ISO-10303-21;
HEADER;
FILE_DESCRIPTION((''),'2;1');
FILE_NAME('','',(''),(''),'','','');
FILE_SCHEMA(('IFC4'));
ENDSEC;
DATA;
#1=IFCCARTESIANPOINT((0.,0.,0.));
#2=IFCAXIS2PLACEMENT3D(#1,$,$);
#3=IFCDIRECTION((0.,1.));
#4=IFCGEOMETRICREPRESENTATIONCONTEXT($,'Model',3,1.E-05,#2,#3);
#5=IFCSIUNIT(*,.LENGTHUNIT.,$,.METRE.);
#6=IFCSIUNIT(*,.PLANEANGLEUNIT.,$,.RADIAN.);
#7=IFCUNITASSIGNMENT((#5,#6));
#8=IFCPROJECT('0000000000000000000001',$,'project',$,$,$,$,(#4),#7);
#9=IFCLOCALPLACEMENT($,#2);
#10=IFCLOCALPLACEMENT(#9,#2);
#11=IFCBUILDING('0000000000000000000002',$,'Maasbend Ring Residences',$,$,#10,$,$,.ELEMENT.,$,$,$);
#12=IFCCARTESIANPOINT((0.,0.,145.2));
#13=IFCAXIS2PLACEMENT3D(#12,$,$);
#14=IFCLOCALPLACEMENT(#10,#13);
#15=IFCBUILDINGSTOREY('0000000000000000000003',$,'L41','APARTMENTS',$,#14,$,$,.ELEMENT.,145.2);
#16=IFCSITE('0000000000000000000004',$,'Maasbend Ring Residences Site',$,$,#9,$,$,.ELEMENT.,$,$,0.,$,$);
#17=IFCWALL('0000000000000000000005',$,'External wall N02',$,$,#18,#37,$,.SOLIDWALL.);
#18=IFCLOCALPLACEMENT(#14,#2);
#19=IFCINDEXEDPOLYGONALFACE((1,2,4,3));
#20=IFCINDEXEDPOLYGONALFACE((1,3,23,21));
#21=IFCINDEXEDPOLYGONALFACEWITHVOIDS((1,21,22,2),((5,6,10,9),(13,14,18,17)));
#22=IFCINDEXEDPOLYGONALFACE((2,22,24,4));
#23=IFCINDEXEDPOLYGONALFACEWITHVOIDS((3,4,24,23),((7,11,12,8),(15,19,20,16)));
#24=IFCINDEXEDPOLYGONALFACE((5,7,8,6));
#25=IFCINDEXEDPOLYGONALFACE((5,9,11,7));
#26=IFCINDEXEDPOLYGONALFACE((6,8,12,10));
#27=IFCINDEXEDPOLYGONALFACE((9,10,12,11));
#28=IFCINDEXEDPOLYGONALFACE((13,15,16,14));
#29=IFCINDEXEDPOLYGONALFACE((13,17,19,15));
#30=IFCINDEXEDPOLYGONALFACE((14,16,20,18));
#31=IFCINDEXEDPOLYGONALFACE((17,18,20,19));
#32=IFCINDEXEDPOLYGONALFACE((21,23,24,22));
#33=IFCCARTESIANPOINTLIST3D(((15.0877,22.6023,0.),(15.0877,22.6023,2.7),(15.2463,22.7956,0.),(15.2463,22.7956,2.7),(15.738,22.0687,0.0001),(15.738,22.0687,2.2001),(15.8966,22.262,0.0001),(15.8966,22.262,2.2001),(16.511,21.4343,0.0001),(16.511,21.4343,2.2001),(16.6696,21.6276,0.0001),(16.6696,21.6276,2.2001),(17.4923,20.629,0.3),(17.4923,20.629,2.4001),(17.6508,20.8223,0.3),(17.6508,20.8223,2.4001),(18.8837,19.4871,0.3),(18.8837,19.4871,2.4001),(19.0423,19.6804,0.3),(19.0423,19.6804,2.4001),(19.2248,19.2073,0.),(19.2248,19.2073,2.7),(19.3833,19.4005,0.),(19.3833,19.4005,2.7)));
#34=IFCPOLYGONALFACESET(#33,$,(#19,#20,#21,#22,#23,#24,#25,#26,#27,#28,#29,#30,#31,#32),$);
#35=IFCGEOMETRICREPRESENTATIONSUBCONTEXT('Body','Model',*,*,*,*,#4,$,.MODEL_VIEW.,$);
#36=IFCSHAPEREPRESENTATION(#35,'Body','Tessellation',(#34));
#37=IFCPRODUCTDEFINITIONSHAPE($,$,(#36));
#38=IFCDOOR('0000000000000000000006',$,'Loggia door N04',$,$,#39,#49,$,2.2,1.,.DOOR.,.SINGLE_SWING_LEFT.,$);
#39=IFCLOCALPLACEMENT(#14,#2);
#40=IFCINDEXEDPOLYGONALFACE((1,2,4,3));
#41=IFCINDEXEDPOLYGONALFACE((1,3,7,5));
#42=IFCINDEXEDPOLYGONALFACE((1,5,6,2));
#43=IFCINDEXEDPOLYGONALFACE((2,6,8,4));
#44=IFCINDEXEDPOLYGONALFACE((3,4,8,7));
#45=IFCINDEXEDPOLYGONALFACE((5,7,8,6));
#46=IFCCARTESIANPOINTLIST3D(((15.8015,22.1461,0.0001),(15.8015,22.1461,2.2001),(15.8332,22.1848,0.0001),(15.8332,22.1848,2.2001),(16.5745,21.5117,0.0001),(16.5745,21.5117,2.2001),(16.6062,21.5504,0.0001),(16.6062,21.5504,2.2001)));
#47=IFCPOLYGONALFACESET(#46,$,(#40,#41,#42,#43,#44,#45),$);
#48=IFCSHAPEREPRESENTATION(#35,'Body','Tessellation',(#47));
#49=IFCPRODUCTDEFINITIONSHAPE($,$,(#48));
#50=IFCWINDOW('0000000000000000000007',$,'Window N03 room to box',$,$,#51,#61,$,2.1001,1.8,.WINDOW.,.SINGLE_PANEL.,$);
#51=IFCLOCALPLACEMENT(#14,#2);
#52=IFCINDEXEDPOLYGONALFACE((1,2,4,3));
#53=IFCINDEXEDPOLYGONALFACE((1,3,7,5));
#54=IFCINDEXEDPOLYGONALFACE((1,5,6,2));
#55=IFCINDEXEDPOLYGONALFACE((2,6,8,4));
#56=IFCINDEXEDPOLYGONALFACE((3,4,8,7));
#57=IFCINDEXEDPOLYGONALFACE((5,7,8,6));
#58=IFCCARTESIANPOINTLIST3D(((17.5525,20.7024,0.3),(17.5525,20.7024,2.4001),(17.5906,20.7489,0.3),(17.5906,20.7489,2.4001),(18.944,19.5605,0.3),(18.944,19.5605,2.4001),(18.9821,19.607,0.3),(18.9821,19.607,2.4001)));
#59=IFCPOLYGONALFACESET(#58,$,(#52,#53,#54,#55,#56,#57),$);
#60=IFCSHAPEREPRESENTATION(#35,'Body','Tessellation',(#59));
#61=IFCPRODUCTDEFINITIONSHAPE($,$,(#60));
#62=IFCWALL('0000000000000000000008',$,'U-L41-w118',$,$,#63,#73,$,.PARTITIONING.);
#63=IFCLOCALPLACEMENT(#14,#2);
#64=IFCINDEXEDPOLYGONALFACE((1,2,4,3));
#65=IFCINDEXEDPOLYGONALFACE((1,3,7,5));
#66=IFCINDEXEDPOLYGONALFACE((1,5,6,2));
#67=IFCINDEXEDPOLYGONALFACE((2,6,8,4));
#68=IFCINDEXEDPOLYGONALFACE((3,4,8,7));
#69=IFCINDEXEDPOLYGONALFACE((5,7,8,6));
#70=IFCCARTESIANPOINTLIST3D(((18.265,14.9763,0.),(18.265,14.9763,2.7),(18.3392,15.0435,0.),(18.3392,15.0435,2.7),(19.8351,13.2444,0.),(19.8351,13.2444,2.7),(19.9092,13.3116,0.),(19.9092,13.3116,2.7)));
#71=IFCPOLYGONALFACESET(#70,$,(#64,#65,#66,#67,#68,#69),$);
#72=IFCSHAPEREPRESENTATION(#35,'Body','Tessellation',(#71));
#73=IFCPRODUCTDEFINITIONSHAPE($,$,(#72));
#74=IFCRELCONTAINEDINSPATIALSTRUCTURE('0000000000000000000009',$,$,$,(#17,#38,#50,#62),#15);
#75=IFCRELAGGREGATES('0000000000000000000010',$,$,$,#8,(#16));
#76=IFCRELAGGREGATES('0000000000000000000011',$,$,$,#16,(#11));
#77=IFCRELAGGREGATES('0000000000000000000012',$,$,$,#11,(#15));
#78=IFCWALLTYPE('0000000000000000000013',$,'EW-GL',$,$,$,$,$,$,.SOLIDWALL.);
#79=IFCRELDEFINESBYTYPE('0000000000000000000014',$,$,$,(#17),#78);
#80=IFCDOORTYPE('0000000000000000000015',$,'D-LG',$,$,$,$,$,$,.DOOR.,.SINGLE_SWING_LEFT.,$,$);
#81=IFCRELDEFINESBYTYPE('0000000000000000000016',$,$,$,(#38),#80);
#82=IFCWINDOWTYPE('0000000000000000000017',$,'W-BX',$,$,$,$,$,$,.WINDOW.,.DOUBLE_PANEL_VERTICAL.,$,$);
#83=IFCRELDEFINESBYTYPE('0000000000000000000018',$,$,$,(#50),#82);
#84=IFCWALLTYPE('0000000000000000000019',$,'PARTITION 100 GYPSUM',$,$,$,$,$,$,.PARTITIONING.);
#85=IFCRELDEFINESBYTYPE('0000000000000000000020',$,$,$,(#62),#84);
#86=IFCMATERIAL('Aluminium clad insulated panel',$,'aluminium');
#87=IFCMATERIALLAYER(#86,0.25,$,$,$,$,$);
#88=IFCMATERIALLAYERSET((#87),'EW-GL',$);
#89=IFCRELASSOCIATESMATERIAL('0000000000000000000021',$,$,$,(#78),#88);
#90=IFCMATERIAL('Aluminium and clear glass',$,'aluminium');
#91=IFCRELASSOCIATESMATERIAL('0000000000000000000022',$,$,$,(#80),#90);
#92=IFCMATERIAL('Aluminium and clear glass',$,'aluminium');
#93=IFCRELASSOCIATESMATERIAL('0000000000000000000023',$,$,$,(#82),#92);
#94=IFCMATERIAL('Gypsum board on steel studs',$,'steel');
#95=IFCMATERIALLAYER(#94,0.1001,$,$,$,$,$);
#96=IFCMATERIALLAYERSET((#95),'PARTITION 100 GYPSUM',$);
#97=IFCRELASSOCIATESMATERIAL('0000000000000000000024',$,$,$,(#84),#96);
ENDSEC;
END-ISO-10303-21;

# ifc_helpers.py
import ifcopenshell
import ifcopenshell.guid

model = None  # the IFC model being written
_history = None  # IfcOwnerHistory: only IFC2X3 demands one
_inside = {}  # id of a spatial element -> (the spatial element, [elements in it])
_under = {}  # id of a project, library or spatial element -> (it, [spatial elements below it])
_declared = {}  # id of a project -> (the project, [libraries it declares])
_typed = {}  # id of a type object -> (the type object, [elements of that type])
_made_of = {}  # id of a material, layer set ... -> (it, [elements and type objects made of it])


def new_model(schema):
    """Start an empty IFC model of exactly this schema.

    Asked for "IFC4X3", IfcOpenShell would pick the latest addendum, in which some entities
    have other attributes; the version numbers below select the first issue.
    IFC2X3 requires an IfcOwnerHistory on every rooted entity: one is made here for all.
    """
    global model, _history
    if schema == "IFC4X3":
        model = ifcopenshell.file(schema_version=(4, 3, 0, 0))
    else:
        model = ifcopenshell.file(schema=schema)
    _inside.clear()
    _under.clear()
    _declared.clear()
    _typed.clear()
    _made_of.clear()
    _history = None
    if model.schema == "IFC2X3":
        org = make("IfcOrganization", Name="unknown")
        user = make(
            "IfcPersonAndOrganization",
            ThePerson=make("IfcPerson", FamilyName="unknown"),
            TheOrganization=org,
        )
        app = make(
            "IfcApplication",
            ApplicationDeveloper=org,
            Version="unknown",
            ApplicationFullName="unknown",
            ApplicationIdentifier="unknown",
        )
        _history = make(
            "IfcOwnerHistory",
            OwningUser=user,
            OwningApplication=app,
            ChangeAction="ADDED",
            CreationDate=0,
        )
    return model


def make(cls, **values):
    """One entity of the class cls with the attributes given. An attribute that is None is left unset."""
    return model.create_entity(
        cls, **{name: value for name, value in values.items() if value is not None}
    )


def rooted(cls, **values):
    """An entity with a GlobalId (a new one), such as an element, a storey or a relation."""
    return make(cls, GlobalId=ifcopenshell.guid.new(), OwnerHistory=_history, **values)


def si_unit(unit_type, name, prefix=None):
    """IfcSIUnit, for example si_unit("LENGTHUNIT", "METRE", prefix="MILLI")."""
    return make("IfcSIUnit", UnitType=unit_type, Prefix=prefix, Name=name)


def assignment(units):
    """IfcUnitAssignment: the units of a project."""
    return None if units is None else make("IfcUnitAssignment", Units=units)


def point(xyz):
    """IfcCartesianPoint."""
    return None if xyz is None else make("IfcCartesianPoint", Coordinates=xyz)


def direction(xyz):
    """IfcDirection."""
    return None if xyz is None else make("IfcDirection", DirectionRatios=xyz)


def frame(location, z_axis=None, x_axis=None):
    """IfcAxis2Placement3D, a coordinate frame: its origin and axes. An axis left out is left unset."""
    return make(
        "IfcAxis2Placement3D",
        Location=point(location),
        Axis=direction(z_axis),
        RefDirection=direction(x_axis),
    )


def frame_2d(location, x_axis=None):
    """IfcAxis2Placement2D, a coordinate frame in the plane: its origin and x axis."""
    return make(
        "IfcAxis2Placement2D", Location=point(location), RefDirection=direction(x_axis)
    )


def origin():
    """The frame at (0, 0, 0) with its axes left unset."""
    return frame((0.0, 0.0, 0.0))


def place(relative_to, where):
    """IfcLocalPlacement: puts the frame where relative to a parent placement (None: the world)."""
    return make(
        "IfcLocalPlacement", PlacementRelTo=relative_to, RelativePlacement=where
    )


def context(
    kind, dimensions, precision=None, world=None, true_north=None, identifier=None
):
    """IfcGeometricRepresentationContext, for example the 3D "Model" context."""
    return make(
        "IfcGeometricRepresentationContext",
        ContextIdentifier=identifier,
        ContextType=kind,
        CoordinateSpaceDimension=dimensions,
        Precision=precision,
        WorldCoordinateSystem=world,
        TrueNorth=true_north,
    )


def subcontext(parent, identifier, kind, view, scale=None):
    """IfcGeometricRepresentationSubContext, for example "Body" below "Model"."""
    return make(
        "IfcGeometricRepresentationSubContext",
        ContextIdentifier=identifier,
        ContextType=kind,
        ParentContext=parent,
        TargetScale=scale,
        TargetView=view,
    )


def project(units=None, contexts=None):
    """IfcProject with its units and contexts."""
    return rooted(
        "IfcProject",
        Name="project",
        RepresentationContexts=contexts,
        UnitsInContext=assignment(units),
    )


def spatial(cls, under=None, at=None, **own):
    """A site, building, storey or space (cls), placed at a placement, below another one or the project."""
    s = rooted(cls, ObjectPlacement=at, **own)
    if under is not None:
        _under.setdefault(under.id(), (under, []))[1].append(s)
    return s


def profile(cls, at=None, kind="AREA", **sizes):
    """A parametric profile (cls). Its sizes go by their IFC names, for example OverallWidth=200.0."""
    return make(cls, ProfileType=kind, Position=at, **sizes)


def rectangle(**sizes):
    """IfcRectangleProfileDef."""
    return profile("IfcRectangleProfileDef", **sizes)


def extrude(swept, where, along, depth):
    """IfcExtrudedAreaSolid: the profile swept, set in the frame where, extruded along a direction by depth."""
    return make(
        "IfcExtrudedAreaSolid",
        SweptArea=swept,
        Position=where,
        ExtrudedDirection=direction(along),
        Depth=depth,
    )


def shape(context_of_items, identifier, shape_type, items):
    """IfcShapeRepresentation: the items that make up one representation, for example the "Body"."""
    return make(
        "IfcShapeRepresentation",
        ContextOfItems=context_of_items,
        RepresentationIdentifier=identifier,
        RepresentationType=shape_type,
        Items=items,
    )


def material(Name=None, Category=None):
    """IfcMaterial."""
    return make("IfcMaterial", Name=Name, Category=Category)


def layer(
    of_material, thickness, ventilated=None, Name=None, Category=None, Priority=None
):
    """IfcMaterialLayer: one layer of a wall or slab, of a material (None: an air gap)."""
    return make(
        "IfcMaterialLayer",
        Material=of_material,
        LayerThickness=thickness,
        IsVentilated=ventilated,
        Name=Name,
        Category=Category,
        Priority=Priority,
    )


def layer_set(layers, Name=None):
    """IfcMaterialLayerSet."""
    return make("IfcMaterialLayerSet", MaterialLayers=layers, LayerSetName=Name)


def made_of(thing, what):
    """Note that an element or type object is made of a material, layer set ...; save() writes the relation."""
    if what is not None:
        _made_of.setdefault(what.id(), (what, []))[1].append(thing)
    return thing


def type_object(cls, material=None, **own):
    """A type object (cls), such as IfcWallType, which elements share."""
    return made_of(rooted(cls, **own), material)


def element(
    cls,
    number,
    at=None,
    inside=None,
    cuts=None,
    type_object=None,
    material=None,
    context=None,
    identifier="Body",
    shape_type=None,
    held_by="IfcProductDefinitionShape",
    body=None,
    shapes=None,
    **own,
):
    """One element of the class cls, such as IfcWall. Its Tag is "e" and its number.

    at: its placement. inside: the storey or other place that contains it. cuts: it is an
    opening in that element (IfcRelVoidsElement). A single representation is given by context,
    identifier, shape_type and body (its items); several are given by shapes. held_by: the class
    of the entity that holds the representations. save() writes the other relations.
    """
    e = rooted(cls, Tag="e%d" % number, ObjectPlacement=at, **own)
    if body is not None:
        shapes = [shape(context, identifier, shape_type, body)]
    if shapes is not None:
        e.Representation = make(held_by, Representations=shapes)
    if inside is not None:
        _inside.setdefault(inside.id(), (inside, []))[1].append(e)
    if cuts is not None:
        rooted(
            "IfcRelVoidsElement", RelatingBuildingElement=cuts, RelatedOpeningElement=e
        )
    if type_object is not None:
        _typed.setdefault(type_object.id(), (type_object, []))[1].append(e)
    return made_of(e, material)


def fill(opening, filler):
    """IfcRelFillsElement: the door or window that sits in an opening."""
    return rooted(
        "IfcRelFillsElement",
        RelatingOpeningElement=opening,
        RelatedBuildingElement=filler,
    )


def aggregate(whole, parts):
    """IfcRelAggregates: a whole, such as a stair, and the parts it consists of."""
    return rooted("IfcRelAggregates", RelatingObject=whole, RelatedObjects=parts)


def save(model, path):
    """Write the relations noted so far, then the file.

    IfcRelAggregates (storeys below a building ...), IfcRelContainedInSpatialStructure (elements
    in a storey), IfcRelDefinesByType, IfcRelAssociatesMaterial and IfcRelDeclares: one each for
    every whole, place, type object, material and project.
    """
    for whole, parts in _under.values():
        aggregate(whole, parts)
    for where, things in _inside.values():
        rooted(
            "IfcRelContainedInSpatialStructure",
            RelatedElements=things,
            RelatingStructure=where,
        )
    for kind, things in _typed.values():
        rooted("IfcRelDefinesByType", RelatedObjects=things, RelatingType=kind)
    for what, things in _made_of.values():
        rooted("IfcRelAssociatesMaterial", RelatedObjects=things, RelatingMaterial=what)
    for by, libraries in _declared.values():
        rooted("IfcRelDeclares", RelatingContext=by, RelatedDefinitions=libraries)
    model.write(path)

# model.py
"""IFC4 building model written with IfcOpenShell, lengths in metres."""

from ifc_helpers import new_model, si_unit, direction, frame, frame_2d, origin, place, context, subcontext, project, spatial, rectangle, extrude, material, layer, layer_set, type_object, element, fill, save


model = new_model("IFC4")

# Units and contexts
model_context = context("Model", 3, precision=1e-05, world=origin(), true_north=direction((0.0, 1.0)))
body_context = subcontext(model_context, "Body", "Model", "MODEL_VIEW")
ifc_project = project(units=[si_unit("LENGTHUNIT", "METRE"), si_unit("PLANEANGLEUNIT", "RADIAN")], contexts=[model_context])

# Site, building, storey
site_placement = place(None, origin())
site = spatial("IfcSite", under=ifc_project, at=site_placement, Name="Maasbend Ring Residences Site", CompositionType="ELEMENT", RefElevation=0.0)
building_placement = place(site_placement, origin())
building = spatial("IfcBuilding", under=site, at=building_placement, Name="Maasbend Ring Residences", CompositionType="ELEMENT")
storey_placement = place(building_placement, frame((0.0, 0.0, 145.2)))
storey = spatial("IfcBuildingStorey", under=building, at=storey_placement, Name="L41", Description="APARTMENTS", CompositionType="ELEMENT", Elevation=145.2)

# Wall, openings, door, window
ifc_material_1 = material(Name="Aluminium clad insulated panel", Category="aluminium")
ifc_layer_1 = layer(ifc_material_1, 0.25)
ifc_layer_set_1 = layer_set([ifc_layer_1], Name="EW-GL")
wall_type_1 = type_object("IfcWallType", Name="EW-GL", PredefinedType="SOLIDWALL", material=ifc_layer_set_1)
ifc_material_2 = material(Name="Aluminium and clear glass", Category="aluminium")
door_type = type_object("IfcDoorType", Name="D-LG", OperationType="SINGLE_SWING_LEFT", PredefinedType="DOOR", material=ifc_material_2)
ifc_material_3 = material(Name="Aluminium and clear glass", Category="aluminium")
window_type_1 = type_object("IfcWindowType", Name="W-BX", PartitioningType="DOUBLE_PANEL_VERTICAL", PredefinedType="WINDOW", material=ifc_material_3)
wall_1_placement = place(storey_placement, frame((19.304, 19.304, 0.0), z_axis=(0.0, 0.0, 1.0), x_axis=(-0.773019, 0.634382, 0.0)))
wall_1 = element("IfcWall", 1, at=wall_1_placement, inside=storey, type_object=wall_type_1, Name="External wall N02", PredefinedType="SOLIDWALL", context=body_context, shape_type="SweptSolid", body=[
    extrude(rectangle(XDim=5.3518, YDim=0.25, at=frame_2d((2.6758, 0.0))), origin(), (0.0, 0.0, 1.0), 2.7),
])
opening_1_placement = place(wall_1_placement, frame((0.4412, 0.0, 0.3)))
opening_1 = element("IfcOpeningElement", 2, at=opening_1_placement, cuts=wall_1, PredefinedType="OPENING", context=body_context, shape_type="SweptSolid", body=[
    extrude(rectangle(XDim=1.8, YDim=2.1001, at=frame_2d((0.8999, 1.05))), frame((0.0, 0.135, 0.0), z_axis=(0.0, -1.0, 0.0), x_axis=(1.0, 0.0, 0.0)), (0.0, 0.0, 1.0), 0.27),
])
opening_2_placement = place(wall_1_placement, frame((3.5105, 0.0, 0.0)))
opening_2 = element("IfcOpeningElement", 3, at=opening_2_placement, cuts=wall_1, PredefinedType="OPENING", context=body_context, shape_type="SweptSolid", body=[
    extrude(rectangle(XDim=1.0, YDim=2.2, at=frame_2d((0.5, 1.1001))), frame((0.0, 0.135, 0.0), z_axis=(0.0, -1.0, 0.0), x_axis=(1.0, 0.0, 0.0)), (0.0, 0.0, 1.0), 0.27),
])
door_1_placement = place(opening_2_placement, origin())
door_1 = element("IfcDoor", 4, at=door_1_placement, inside=storey, type_object=door_type, Name="Loggia door N04", OperationType="SINGLE_SWING_LEFT", OverallHeight=2.2, OverallWidth=1.0, PredefinedType="DOOR", context=body_context, shape_type="SweptSolid", body=[
    extrude(rectangle(XDim=1.0, YDim=2.2, at=frame_2d((0.5, 1.1001))), frame((0.0, 0.0249, 0.0), z_axis=(0.0, -1.0, 0.0), x_axis=(1.0, 0.0, 0.0)), (0.0, 0.0, 1.0), 0.05),
])
fill(opening_2, door_1)
window_1_placement = place(opening_1_placement, origin())
window_1 = element("IfcWindow", 5, at=window_1_placement, inside=storey, type_object=window_type_1, Name="Window N03 room to box", OverallHeight=2.1001, OverallWidth=1.8, PartitioningType="SINGLE_PANEL", PredefinedType="WINDOW", context=body_context, shape_type="SweptSolid", body=[
    extrude(rectangle(XDim=1.8, YDim=2.1001, at=frame_2d((0.8999, 1.05))), frame((0.0, 0.03, 0.0), z_axis=(0.0, -1.0, 0.0), x_axis=(1.0, 0.0, 0.0)), (0.0, 0.0, 1.0), 0.0601),
])
fill(opening_1, window_1)

# Wall
ifc_material_4 = material(Name="Gypsum board on steel studs", Category="steel")
ifc_layer_2 = layer(ifc_material_4, 0.1001)
ifc_layer_set_2 = layer_set([ifc_layer_2], Name="PARTITION 100 GYPSUM")
wall_type_2 = type_object("IfcWallType", Name="PARTITION 100 GYPSUM", PredefinedType="PARTITIONING", material=ifc_layer_set_2)
wall_2_placement = place(storey_placement, frame((18.302, 15.01, 0.0), z_axis=(0.0, 0.0, 1.0), x_axis=(0.671638, -0.74088, 0.0)))
element("IfcWall", 6, at=wall_2_placement, inside=storey, type_object=wall_type_2, Name="U-L41-w118", PredefinedType="PARTITIONING", context=body_context, shape_type="SweptSolid", body=[
    extrude(rectangle(XDim=2.3376, YDim=0.1001, at=frame_2d((1.1689, 0.0))), origin(), (0.0, 0.0, 1.0), 2.7),
])

save(model, "model.ifc")
